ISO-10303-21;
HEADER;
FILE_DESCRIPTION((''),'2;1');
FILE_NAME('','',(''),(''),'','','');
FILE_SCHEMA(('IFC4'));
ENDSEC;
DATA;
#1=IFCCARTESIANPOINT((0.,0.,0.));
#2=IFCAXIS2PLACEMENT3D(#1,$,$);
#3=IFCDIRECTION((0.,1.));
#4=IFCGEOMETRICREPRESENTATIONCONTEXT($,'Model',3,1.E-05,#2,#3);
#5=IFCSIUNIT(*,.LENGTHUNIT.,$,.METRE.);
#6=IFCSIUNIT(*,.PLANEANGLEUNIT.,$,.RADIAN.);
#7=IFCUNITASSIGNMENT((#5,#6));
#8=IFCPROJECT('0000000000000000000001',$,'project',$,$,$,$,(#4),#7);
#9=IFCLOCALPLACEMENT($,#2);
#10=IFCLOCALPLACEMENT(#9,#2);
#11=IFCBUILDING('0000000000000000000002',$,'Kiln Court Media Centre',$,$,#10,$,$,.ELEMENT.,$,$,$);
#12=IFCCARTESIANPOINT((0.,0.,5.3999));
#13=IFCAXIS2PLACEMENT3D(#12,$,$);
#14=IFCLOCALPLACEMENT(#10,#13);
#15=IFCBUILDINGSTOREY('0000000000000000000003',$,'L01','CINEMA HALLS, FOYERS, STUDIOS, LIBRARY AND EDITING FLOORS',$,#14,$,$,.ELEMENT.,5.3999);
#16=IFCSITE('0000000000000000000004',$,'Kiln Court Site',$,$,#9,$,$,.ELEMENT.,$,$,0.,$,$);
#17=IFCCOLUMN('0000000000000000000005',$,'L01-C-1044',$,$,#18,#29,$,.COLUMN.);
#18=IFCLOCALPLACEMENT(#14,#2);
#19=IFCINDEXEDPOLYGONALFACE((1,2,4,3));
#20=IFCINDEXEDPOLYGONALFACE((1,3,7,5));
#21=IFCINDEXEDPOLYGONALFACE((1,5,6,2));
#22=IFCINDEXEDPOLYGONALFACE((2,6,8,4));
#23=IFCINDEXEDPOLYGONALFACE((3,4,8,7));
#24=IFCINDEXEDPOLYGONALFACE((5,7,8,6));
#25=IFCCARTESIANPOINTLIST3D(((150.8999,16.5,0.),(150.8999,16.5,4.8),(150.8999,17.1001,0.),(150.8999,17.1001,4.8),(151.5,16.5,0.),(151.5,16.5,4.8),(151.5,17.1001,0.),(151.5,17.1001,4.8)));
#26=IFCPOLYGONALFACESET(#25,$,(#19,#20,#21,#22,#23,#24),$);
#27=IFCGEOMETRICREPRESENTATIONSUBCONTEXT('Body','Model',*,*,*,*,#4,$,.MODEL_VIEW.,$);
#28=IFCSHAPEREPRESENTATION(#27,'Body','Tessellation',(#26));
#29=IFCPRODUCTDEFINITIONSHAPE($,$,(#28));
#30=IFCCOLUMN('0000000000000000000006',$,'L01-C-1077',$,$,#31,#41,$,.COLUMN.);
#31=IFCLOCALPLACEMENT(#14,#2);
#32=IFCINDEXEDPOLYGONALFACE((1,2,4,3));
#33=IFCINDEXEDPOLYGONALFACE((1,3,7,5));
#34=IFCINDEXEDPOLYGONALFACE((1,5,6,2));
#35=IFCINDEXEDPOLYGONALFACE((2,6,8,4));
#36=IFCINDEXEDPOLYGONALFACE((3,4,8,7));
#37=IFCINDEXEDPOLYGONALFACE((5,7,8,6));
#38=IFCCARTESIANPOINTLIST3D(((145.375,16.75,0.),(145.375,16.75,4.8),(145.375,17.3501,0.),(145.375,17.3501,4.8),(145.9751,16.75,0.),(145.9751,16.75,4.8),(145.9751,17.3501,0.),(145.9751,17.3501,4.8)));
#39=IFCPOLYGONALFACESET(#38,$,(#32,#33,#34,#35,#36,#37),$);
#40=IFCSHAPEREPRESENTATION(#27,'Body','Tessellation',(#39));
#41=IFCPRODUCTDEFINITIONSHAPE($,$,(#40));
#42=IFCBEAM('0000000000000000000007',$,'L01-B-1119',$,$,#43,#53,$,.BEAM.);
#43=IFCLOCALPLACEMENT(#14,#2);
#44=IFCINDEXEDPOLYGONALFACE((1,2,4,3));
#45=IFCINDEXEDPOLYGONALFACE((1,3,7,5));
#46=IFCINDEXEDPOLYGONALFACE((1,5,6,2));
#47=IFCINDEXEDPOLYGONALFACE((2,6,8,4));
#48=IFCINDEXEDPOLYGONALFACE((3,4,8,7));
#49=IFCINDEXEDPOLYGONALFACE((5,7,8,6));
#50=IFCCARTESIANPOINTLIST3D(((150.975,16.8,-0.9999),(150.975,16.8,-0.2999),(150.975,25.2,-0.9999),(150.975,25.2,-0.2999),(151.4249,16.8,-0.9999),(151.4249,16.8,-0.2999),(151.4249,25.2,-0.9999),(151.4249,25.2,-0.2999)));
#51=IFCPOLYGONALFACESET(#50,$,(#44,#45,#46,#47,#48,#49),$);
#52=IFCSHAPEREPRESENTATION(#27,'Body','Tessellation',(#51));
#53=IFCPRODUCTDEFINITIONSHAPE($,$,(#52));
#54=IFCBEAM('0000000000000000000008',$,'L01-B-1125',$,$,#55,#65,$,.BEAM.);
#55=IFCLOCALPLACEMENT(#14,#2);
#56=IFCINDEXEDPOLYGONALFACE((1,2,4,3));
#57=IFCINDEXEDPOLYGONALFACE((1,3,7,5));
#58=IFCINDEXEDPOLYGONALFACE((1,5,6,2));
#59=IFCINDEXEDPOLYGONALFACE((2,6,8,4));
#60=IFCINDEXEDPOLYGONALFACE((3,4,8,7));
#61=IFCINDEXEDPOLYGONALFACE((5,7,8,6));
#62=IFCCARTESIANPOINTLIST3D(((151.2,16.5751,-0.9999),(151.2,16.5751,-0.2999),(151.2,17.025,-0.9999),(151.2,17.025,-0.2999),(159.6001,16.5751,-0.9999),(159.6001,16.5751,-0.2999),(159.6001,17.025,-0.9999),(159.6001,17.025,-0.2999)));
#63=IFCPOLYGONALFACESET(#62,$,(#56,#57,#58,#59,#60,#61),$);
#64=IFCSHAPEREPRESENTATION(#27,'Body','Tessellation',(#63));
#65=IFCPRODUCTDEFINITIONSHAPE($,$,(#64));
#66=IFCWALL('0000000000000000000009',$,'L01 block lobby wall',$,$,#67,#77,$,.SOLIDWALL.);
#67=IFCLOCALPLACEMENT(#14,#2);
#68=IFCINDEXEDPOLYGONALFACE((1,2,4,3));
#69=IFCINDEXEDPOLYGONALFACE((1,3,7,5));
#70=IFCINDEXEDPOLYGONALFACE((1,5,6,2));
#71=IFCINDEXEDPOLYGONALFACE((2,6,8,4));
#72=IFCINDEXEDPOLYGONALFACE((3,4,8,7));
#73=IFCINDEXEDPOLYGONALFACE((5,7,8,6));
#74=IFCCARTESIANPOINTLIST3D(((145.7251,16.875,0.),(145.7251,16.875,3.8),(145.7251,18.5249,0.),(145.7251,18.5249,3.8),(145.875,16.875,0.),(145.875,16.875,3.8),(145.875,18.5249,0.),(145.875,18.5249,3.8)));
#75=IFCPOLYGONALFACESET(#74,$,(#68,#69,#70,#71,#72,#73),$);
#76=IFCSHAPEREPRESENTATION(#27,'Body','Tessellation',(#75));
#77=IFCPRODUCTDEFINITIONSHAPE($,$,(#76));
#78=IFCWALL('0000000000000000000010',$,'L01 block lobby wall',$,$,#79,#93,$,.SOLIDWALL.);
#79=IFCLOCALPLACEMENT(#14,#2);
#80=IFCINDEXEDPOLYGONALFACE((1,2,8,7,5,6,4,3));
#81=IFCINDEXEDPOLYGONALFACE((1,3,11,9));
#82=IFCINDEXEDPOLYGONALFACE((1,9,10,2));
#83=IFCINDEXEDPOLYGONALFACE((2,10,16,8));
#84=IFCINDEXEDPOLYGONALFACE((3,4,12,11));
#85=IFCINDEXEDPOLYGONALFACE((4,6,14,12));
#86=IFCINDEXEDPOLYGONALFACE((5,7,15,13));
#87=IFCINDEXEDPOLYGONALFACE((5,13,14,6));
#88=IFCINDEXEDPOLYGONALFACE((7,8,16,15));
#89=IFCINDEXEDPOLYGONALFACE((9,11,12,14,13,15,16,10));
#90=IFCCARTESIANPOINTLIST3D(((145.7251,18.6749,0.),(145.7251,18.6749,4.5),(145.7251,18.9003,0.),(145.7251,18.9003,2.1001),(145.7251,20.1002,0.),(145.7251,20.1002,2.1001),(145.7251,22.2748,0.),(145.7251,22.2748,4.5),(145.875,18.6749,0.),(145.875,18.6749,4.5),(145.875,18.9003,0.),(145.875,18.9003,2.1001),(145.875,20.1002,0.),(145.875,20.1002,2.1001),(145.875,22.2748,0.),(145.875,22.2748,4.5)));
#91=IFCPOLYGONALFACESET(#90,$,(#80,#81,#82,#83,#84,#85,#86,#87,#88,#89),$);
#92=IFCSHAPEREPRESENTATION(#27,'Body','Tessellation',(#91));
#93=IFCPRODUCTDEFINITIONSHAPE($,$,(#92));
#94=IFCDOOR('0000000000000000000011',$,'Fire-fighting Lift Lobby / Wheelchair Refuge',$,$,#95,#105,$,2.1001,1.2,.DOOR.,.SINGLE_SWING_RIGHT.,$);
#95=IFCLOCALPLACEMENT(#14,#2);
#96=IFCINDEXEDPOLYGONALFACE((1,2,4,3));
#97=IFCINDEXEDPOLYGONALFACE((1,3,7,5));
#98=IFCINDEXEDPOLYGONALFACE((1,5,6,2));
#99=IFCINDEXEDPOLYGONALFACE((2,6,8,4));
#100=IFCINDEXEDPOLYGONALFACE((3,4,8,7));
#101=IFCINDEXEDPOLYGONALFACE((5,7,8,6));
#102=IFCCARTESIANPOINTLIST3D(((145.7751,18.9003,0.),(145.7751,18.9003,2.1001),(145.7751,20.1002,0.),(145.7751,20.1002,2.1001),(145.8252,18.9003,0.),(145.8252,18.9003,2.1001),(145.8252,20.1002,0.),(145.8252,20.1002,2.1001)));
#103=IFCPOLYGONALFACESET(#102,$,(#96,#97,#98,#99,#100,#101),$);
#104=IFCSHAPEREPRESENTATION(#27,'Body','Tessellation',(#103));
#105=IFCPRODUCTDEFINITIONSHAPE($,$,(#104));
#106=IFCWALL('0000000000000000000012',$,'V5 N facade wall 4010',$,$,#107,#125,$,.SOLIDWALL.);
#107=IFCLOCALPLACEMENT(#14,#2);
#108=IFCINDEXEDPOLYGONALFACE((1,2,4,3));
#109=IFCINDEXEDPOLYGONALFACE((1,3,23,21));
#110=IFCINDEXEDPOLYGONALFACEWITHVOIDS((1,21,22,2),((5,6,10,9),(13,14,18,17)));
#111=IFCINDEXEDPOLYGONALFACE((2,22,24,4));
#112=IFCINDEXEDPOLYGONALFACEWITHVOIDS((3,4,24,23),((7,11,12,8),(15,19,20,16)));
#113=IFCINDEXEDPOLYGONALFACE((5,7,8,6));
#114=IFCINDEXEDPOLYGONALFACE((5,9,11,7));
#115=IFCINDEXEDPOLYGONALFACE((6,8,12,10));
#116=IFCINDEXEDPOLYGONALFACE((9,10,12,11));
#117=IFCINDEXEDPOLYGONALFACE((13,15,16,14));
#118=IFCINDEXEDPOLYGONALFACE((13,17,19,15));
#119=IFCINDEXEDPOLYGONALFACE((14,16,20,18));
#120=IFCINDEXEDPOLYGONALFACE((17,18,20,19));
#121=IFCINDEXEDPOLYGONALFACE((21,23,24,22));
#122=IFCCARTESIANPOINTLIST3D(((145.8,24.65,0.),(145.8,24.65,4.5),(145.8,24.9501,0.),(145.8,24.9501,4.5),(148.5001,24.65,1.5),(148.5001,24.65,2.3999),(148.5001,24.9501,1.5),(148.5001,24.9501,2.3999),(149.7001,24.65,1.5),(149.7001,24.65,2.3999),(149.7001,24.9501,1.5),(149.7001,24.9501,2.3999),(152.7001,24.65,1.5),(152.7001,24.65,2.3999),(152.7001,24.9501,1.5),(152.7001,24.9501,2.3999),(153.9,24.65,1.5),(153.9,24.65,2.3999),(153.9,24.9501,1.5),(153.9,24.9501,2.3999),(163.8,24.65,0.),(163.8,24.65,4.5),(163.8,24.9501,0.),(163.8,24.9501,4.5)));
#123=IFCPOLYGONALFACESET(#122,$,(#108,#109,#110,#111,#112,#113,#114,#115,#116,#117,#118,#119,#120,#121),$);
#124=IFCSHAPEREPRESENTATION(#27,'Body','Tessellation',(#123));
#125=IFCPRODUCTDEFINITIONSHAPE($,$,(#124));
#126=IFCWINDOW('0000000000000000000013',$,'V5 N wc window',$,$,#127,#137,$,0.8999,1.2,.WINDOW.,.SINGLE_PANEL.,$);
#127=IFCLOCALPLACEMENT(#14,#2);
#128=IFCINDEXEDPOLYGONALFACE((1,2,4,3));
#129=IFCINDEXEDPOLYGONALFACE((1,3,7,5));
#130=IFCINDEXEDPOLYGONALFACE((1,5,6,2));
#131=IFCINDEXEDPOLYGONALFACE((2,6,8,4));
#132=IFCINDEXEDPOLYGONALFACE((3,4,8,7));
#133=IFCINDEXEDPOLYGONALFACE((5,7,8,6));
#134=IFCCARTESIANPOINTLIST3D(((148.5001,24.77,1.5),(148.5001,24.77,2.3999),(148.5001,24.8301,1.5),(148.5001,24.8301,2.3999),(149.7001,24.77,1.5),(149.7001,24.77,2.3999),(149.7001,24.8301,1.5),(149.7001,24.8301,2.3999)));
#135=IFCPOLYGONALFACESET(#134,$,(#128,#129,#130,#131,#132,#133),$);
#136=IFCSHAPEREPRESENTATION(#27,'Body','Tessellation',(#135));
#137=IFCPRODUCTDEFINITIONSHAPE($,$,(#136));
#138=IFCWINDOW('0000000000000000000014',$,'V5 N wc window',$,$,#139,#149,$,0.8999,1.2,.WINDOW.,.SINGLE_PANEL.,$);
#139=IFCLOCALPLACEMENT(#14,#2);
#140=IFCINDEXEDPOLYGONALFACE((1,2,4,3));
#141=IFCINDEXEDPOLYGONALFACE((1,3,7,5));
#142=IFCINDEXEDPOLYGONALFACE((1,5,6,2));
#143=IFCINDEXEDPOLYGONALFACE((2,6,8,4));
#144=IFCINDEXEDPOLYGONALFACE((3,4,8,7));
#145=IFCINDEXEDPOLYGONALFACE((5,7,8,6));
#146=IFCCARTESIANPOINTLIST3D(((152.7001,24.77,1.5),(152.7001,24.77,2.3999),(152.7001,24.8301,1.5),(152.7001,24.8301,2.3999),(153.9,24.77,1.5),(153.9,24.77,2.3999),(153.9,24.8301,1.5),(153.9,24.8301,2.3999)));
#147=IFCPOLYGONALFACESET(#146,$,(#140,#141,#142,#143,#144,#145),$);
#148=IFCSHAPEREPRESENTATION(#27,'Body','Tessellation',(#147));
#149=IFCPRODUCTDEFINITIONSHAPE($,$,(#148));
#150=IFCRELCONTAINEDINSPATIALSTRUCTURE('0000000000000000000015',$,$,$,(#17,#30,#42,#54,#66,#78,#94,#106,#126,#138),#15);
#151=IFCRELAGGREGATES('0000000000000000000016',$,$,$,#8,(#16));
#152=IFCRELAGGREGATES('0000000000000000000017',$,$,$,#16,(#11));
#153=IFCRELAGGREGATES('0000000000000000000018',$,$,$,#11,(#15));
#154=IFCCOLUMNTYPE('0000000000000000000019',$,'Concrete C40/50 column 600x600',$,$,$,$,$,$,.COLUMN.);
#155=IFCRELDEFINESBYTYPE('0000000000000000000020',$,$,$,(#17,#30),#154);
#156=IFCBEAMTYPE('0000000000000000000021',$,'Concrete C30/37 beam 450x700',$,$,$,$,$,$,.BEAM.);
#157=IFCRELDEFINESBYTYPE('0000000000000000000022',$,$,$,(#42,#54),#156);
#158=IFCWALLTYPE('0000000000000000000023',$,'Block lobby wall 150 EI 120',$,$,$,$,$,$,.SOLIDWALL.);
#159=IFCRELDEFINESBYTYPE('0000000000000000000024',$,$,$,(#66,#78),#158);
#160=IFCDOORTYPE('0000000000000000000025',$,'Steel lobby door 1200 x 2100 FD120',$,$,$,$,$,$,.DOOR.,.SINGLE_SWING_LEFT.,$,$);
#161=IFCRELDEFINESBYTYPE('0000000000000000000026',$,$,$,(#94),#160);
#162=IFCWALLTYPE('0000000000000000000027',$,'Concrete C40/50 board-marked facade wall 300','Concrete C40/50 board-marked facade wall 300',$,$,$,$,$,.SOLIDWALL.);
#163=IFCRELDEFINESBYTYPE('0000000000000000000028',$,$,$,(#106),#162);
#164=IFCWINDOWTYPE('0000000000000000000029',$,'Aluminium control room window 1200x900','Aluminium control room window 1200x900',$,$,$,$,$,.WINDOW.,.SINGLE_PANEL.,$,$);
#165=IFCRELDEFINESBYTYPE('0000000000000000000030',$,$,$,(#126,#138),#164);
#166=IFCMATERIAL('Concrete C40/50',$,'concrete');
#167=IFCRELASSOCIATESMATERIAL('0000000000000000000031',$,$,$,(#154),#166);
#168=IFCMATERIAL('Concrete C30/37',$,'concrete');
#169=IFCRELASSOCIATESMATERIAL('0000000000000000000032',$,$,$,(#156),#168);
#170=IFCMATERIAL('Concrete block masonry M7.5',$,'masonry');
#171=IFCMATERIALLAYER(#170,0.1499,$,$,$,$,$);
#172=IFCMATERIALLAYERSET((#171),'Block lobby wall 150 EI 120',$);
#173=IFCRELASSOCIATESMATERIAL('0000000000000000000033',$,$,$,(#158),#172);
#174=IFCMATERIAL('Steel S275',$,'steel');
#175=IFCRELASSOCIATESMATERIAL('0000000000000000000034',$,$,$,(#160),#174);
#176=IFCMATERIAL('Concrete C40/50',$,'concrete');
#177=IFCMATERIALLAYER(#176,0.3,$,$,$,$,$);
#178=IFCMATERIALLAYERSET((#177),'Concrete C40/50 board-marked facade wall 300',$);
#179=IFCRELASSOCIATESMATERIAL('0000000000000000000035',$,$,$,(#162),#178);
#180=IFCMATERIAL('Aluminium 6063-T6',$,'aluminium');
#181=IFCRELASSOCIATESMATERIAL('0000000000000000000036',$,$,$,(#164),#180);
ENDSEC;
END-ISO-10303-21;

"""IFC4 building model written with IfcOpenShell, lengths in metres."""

from ifc_helpers import new_model, si_unit, direction, frame, frame_2d, origin, origin_2d, place, context, subcontext, project, spatial, rectangle, extrude, material, layer, layer_set, material_profile, profile_set, type_object, element, fill, save


model = new_model("IFC4")

# Units and contexts
model_context = context("Model", 3, precision=1e-05, world=origin(), true_north=direction((0.0, 1.0)))
body_context = subcontext(model_context, "Body", "Model", "MODEL_VIEW")
ifc_project = project(units=[si_unit("LENGTHUNIT", "METRE"), si_unit("PLANEANGLEUNIT", "RADIAN")], contexts=[model_context])

# Site, building, storey
site_placement = place(None, origin())
site = spatial("IfcSite", under=ifc_project, at=site_placement, Name="Kiln Court Site", CompositionType="ELEMENT", RefElevation=0.0)
building_placement = place(site_placement, origin())
building = spatial("IfcBuilding", under=site, at=building_placement, Name="Kiln Court Media Centre", CompositionType="ELEMENT")
storey_placement = place(building_placement, frame((0.0, 0.0, 5.3999)))
storey = spatial("IfcBuildingStorey", under=building, at=storey_placement, Name="L01", Description="CINEMA HALLS, FOYERS, STUDIOS, LIBRARY AND EDITING FLOORS", CompositionType="ELEMENT", Elevation=5.3999)

# Columns
ifc_material_1 = material(Name="Concrete C40/50", Category="concrete")
ifc_material_profile_1 = material_profile(ifc_material_1, rectangle(XDim=0.6001, YDim=0.6001, at=origin_2d()), Name="RC 600x600")
ifc_profile_set_1 = profile_set([ifc_material_profile_1], Name="Concrete C40/50")
column_type = type_object("IfcColumnType", Name="Concrete C40/50 column 600x600", PredefinedType="COLUMN", material=ifc_profile_set_1)
for number, where, z_axis, x_axis, name in (
    (1, (151.2, 16.8, 0.0), (0.0, 0.0, 1.0), (1.0, 0.0, 0.0), "L01-C-1044"),
    (2, (145.675, 17.05, 0.0), (0.0, 0.0, 1.0), (1.0, 0.0, 0.0), "L01-C-1077"),
):
    element("IfcColumn", number, at=place(storey_placement, frame(where, z_axis=z_axis, x_axis=x_axis)), inside=storey, type_object=column_type, Name=name, PredefinedType="COLUMN", context=body_context, shape_type="SweptSolid", body=[
        extrude(rectangle(XDim=0.6001, YDim=0.6001, at=origin_2d()), origin(), (0.0, 0.0, 1.0), 4.8),
    ])

# Beams
ifc_material_2 = material(Name="Concrete C30/37", Category="concrete")
ifc_material_profile_2 = material_profile(ifc_material_2, rectangle(XDim=0.45, YDim=0.7, at=origin_2d()), Name="RC 450x700")
ifc_profile_set_2 = profile_set([ifc_material_profile_2], Name="Concrete C30/37")
beam_type = type_object("IfcBeamType", Name="Concrete C30/37 beam 450x700", PredefinedType="BEAM", material=ifc_profile_set_2)
beam_1_placement = place(storey_placement, frame((151.2, 16.8, -0.6499), z_axis=(0.0, 1.0, 0.0), x_axis=(-1.0, 0.0, 0.0)))
element("IfcBeam", 3, at=beam_1_placement, inside=storey, type_object=beam_type, Name="L01-B-1119", PredefinedType="BEAM", context=body_context, shape_type="SweptSolid", body=[
    extrude(rectangle(XDim=0.45, YDim=0.7, at=origin_2d()), origin(), (0.0, 0.0, 1.0), 8.3999),
])
beam_2_placement = place(storey_placement, frame((151.2, 16.8, -0.6499), z_axis=(1.0, 0.0, 0.0), x_axis=(0.0, 1.0, 0.0)))
element("IfcBeam", 4, at=beam_2_placement, inside=storey, type_object=beam_type, Name="L01-B-1125", PredefinedType="BEAM", context=body_context, shape_type="SweptSolid", body=[
    extrude(rectangle(XDim=0.45, YDim=0.7, at=origin_2d()), origin(), (0.0, 0.0, 1.0), 8.4001),
])

# Wall
ifc_material_3 = material(Name="Concrete block masonry M7.5", Category="masonry")
ifc_layer_1 = layer(ifc_material_3, 0.1499)
ifc_layer_set_1 = layer_set([ifc_layer_1], Name="Block lobby wall 150 EI 120")
wall_type_1 = type_object("IfcWallType", Name="Block lobby wall 150 EI 120", PredefinedType="SOLIDWALL", material=ifc_layer_set_1)
wall_1_placement = place(storey_placement, frame((145.8, 16.875, 0.0), z_axis=(0.0, 0.0, 1.0), x_axis=(0.0, 1.0, 0.0)))
element("IfcWall", 5, at=wall_1_placement, inside=storey, type_object=wall_type_1, Name="L01 block lobby wall", PredefinedType="SOLIDWALL", context=body_context, shape_type="SweptSolid", body=[
    extrude(rectangle(XDim=1.6499, YDim=0.1499, at=frame_2d((0.825, 0.0))), origin(), (0.0, 0.0, 1.0), 3.8),
])

# Wall, opening, door
wall_2_placement = place(storey_placement, frame((145.8, 18.675, 0.0), z_axis=(0.0, 0.0, 1.0), x_axis=(0.0, 1.0, 0.0)))
wall_2 = element("IfcWall", 6, at=wall_2_placement, inside=storey, type_object=wall_type_1, Name="L01 block lobby wall", PredefinedType="SOLIDWALL", context=body_context, shape_type="SweptSolid", body=[
    extrude(rectangle(XDim=3.5999, YDim=0.1499, at=frame_2d((1.7998, 0.0))), origin(), (0.0, 0.0, 1.0), 4.5),
])
opening_1_placement = place(wall_2_placement, frame((0.2251, 0.0, 0.0)))
opening_1 = element("IfcOpeningElement", 7, at=opening_1_placement, cuts=wall_2, PredefinedType="OPENING", context=body_context, shape_type="SweptSolid", body=[
    extrude(rectangle(XDim=1.2, YDim=2.1001, at=frame_2d((0.6001, 1.05))), frame((0.0, 0.085, 0.0), z_axis=(0.0, -1.0, 0.0), x_axis=(1.0, 0.0, 0.0)), (0.0, 0.0, 1.0), 0.1699),
])
ifc_material_4 = material(Name="Steel S275", Category="steel")
door_type_1 = type_object("IfcDoorType", Name="Steel lobby door 1200 x 2100 FD120", OperationType="SINGLE_SWING_LEFT", PredefinedType="DOOR", material=ifc_material_4)
door_1_placement = place(opening_1_placement, origin())
door_1 = element("IfcDoor", 8, at=door_1_placement, inside=storey, type_object=door_type_1, Name="Fire-fighting Lift Lobby / Wheelchair Refuge", OperationType="SINGLE_SWING_RIGHT", OverallHeight=2.1001, OverallWidth=1.2, PredefinedType="DOOR", context=body_context, shape_type="SweptSolid", body=[
    extrude(rectangle(XDim=1.2, YDim=2.1001, at=frame_2d((0.6001, 1.05))), frame((0.0, 0.0249, 0.0), z_axis=(0.0, -1.0, 0.0), x_axis=(1.0, 0.0, 0.0)), (0.0, 0.0, 1.0), 0.05),
])
fill(opening_1, door_1)

# Wall, openings, windows
ifc_material_5 = material(Name="Concrete C40/50", Category="concrete")
ifc_layer_2 = layer(ifc_material_5, 0.3)
ifc_layer_set_2 = layer_set([ifc_layer_2], Name="Concrete C40/50 board-marked facade wall 300")
wall_type_2 = type_object("IfcWallType", Name="Concrete C40/50 board-marked facade wall 300", Description="Concrete C40/50 board-marked facade wall 300", PredefinedType="SOLIDWALL", material=ifc_layer_set_2)
wall_3_placement = place(storey_placement, frame((145.8, 24.8, 0.0), z_axis=(0.0, 0.0, 1.0), x_axis=(1.0, 0.0, 0.0)))
wall_3 = element("IfcWall", 9, at=wall_3_placement, inside=storey, type_object=wall_type_2, Name="V5 N facade wall 4010", PredefinedType="SOLIDWALL", context=body_context, shape_type="SweptSolid", body=[
    extrude(rectangle(XDim=18.0, YDim=0.3, at=frame_2d((9.0, 0.0))), origin(), (0.0, 0.0, 1.0), 4.5),
])
opening_2_placement = place(wall_3_placement, frame((2.7, 0.0, 1.5)))
opening_2 = element("IfcOpeningElement", 10, at=opening_2_placement, cuts=wall_3, PredefinedType="OPENING", context=body_context, shape_type="SweptSolid", body=[
    extrude(rectangle(XDim=1.2, YDim=0.8999, at=frame_2d((0.6001, 0.45))), frame((0.0, 0.1599, 0.0), z_axis=(0.0, -1.0, 0.0), x_axis=(1.0, 0.0, 0.0)), (0.0, 0.0, 1.0), 0.3201),
])
opening_3_placement = place(wall_3_placement, frame((6.8999, 0.0, 1.5)))
opening_3 = element("IfcOpeningElement", 11, at=opening_3_placement, cuts=wall_3, PredefinedType="OPENING", context=body_context, shape_type="SweptSolid", body=[
    extrude(rectangle(XDim=1.2, YDim=0.8999, at=frame_2d((0.6001, 0.45))), frame((0.0, 0.1599, 0.0), z_axis=(0.0, -1.0, 0.0), x_axis=(1.0, 0.0, 0.0)), (0.0, 0.0, 1.0), 0.3201),
])
ifc_material_6 = material(Name="Aluminium 6063-T6", Category="aluminium")
window_type = type_object("IfcWindowType", Name="Aluminium control room window 1200x900", Description="Aluminium control room window 1200x900", PartitioningType="SINGLE_PANEL", PredefinedType="WINDOW", material=ifc_material_6)
window_1_placement = place(opening_2_placement, origin())
window_1 = element("IfcWindow", 12, at=window_1_placement, inside=storey, type_object=window_type, Name="V5 N wc window", OverallHeight=0.8999, OverallWidth=1.2, PartitioningType="SINGLE_PANEL", PredefinedType="WINDOW", context=body_context, shape_type="SweptSolid", body=[
    extrude(rectangle(XDim=1.2, YDim=0.8999, at=frame_2d((0.6001, 0.45))), frame((0.0, 0.03, 0.0), z_axis=(0.0, -1.0, 0.0), x_axis=(1.0, 0.0, 0.0)), (0.0, 0.0, 1.0), 0.0601),
])
fill(opening_2, window_1)
window_2_placement = place(opening_3_placement, origin())
window_2 = element("IfcWindow", 13, at=window_2_placement, inside=storey, type_object=window_type, Name="V5 N wc window", OverallHeight=0.8999, OverallWidth=1.2, PartitioningType="SINGLE_PANEL", PredefinedType="WINDOW", context=body_context, shape_type="SweptSolid", body=[
    extrude(rectangle(XDim=1.2, YDim=0.8999, at=frame_2d((0.6001, 0.45))), frame((0.0, 0.03, 0.0), z_axis=(0.0, -1.0, 0.0), x_axis=(1.0, 0.0, 0.0)), (0.0, 0.0, 1.0), 0.0601),
])
fill(opening_3, window_2)

save(model, "model.ifc")
